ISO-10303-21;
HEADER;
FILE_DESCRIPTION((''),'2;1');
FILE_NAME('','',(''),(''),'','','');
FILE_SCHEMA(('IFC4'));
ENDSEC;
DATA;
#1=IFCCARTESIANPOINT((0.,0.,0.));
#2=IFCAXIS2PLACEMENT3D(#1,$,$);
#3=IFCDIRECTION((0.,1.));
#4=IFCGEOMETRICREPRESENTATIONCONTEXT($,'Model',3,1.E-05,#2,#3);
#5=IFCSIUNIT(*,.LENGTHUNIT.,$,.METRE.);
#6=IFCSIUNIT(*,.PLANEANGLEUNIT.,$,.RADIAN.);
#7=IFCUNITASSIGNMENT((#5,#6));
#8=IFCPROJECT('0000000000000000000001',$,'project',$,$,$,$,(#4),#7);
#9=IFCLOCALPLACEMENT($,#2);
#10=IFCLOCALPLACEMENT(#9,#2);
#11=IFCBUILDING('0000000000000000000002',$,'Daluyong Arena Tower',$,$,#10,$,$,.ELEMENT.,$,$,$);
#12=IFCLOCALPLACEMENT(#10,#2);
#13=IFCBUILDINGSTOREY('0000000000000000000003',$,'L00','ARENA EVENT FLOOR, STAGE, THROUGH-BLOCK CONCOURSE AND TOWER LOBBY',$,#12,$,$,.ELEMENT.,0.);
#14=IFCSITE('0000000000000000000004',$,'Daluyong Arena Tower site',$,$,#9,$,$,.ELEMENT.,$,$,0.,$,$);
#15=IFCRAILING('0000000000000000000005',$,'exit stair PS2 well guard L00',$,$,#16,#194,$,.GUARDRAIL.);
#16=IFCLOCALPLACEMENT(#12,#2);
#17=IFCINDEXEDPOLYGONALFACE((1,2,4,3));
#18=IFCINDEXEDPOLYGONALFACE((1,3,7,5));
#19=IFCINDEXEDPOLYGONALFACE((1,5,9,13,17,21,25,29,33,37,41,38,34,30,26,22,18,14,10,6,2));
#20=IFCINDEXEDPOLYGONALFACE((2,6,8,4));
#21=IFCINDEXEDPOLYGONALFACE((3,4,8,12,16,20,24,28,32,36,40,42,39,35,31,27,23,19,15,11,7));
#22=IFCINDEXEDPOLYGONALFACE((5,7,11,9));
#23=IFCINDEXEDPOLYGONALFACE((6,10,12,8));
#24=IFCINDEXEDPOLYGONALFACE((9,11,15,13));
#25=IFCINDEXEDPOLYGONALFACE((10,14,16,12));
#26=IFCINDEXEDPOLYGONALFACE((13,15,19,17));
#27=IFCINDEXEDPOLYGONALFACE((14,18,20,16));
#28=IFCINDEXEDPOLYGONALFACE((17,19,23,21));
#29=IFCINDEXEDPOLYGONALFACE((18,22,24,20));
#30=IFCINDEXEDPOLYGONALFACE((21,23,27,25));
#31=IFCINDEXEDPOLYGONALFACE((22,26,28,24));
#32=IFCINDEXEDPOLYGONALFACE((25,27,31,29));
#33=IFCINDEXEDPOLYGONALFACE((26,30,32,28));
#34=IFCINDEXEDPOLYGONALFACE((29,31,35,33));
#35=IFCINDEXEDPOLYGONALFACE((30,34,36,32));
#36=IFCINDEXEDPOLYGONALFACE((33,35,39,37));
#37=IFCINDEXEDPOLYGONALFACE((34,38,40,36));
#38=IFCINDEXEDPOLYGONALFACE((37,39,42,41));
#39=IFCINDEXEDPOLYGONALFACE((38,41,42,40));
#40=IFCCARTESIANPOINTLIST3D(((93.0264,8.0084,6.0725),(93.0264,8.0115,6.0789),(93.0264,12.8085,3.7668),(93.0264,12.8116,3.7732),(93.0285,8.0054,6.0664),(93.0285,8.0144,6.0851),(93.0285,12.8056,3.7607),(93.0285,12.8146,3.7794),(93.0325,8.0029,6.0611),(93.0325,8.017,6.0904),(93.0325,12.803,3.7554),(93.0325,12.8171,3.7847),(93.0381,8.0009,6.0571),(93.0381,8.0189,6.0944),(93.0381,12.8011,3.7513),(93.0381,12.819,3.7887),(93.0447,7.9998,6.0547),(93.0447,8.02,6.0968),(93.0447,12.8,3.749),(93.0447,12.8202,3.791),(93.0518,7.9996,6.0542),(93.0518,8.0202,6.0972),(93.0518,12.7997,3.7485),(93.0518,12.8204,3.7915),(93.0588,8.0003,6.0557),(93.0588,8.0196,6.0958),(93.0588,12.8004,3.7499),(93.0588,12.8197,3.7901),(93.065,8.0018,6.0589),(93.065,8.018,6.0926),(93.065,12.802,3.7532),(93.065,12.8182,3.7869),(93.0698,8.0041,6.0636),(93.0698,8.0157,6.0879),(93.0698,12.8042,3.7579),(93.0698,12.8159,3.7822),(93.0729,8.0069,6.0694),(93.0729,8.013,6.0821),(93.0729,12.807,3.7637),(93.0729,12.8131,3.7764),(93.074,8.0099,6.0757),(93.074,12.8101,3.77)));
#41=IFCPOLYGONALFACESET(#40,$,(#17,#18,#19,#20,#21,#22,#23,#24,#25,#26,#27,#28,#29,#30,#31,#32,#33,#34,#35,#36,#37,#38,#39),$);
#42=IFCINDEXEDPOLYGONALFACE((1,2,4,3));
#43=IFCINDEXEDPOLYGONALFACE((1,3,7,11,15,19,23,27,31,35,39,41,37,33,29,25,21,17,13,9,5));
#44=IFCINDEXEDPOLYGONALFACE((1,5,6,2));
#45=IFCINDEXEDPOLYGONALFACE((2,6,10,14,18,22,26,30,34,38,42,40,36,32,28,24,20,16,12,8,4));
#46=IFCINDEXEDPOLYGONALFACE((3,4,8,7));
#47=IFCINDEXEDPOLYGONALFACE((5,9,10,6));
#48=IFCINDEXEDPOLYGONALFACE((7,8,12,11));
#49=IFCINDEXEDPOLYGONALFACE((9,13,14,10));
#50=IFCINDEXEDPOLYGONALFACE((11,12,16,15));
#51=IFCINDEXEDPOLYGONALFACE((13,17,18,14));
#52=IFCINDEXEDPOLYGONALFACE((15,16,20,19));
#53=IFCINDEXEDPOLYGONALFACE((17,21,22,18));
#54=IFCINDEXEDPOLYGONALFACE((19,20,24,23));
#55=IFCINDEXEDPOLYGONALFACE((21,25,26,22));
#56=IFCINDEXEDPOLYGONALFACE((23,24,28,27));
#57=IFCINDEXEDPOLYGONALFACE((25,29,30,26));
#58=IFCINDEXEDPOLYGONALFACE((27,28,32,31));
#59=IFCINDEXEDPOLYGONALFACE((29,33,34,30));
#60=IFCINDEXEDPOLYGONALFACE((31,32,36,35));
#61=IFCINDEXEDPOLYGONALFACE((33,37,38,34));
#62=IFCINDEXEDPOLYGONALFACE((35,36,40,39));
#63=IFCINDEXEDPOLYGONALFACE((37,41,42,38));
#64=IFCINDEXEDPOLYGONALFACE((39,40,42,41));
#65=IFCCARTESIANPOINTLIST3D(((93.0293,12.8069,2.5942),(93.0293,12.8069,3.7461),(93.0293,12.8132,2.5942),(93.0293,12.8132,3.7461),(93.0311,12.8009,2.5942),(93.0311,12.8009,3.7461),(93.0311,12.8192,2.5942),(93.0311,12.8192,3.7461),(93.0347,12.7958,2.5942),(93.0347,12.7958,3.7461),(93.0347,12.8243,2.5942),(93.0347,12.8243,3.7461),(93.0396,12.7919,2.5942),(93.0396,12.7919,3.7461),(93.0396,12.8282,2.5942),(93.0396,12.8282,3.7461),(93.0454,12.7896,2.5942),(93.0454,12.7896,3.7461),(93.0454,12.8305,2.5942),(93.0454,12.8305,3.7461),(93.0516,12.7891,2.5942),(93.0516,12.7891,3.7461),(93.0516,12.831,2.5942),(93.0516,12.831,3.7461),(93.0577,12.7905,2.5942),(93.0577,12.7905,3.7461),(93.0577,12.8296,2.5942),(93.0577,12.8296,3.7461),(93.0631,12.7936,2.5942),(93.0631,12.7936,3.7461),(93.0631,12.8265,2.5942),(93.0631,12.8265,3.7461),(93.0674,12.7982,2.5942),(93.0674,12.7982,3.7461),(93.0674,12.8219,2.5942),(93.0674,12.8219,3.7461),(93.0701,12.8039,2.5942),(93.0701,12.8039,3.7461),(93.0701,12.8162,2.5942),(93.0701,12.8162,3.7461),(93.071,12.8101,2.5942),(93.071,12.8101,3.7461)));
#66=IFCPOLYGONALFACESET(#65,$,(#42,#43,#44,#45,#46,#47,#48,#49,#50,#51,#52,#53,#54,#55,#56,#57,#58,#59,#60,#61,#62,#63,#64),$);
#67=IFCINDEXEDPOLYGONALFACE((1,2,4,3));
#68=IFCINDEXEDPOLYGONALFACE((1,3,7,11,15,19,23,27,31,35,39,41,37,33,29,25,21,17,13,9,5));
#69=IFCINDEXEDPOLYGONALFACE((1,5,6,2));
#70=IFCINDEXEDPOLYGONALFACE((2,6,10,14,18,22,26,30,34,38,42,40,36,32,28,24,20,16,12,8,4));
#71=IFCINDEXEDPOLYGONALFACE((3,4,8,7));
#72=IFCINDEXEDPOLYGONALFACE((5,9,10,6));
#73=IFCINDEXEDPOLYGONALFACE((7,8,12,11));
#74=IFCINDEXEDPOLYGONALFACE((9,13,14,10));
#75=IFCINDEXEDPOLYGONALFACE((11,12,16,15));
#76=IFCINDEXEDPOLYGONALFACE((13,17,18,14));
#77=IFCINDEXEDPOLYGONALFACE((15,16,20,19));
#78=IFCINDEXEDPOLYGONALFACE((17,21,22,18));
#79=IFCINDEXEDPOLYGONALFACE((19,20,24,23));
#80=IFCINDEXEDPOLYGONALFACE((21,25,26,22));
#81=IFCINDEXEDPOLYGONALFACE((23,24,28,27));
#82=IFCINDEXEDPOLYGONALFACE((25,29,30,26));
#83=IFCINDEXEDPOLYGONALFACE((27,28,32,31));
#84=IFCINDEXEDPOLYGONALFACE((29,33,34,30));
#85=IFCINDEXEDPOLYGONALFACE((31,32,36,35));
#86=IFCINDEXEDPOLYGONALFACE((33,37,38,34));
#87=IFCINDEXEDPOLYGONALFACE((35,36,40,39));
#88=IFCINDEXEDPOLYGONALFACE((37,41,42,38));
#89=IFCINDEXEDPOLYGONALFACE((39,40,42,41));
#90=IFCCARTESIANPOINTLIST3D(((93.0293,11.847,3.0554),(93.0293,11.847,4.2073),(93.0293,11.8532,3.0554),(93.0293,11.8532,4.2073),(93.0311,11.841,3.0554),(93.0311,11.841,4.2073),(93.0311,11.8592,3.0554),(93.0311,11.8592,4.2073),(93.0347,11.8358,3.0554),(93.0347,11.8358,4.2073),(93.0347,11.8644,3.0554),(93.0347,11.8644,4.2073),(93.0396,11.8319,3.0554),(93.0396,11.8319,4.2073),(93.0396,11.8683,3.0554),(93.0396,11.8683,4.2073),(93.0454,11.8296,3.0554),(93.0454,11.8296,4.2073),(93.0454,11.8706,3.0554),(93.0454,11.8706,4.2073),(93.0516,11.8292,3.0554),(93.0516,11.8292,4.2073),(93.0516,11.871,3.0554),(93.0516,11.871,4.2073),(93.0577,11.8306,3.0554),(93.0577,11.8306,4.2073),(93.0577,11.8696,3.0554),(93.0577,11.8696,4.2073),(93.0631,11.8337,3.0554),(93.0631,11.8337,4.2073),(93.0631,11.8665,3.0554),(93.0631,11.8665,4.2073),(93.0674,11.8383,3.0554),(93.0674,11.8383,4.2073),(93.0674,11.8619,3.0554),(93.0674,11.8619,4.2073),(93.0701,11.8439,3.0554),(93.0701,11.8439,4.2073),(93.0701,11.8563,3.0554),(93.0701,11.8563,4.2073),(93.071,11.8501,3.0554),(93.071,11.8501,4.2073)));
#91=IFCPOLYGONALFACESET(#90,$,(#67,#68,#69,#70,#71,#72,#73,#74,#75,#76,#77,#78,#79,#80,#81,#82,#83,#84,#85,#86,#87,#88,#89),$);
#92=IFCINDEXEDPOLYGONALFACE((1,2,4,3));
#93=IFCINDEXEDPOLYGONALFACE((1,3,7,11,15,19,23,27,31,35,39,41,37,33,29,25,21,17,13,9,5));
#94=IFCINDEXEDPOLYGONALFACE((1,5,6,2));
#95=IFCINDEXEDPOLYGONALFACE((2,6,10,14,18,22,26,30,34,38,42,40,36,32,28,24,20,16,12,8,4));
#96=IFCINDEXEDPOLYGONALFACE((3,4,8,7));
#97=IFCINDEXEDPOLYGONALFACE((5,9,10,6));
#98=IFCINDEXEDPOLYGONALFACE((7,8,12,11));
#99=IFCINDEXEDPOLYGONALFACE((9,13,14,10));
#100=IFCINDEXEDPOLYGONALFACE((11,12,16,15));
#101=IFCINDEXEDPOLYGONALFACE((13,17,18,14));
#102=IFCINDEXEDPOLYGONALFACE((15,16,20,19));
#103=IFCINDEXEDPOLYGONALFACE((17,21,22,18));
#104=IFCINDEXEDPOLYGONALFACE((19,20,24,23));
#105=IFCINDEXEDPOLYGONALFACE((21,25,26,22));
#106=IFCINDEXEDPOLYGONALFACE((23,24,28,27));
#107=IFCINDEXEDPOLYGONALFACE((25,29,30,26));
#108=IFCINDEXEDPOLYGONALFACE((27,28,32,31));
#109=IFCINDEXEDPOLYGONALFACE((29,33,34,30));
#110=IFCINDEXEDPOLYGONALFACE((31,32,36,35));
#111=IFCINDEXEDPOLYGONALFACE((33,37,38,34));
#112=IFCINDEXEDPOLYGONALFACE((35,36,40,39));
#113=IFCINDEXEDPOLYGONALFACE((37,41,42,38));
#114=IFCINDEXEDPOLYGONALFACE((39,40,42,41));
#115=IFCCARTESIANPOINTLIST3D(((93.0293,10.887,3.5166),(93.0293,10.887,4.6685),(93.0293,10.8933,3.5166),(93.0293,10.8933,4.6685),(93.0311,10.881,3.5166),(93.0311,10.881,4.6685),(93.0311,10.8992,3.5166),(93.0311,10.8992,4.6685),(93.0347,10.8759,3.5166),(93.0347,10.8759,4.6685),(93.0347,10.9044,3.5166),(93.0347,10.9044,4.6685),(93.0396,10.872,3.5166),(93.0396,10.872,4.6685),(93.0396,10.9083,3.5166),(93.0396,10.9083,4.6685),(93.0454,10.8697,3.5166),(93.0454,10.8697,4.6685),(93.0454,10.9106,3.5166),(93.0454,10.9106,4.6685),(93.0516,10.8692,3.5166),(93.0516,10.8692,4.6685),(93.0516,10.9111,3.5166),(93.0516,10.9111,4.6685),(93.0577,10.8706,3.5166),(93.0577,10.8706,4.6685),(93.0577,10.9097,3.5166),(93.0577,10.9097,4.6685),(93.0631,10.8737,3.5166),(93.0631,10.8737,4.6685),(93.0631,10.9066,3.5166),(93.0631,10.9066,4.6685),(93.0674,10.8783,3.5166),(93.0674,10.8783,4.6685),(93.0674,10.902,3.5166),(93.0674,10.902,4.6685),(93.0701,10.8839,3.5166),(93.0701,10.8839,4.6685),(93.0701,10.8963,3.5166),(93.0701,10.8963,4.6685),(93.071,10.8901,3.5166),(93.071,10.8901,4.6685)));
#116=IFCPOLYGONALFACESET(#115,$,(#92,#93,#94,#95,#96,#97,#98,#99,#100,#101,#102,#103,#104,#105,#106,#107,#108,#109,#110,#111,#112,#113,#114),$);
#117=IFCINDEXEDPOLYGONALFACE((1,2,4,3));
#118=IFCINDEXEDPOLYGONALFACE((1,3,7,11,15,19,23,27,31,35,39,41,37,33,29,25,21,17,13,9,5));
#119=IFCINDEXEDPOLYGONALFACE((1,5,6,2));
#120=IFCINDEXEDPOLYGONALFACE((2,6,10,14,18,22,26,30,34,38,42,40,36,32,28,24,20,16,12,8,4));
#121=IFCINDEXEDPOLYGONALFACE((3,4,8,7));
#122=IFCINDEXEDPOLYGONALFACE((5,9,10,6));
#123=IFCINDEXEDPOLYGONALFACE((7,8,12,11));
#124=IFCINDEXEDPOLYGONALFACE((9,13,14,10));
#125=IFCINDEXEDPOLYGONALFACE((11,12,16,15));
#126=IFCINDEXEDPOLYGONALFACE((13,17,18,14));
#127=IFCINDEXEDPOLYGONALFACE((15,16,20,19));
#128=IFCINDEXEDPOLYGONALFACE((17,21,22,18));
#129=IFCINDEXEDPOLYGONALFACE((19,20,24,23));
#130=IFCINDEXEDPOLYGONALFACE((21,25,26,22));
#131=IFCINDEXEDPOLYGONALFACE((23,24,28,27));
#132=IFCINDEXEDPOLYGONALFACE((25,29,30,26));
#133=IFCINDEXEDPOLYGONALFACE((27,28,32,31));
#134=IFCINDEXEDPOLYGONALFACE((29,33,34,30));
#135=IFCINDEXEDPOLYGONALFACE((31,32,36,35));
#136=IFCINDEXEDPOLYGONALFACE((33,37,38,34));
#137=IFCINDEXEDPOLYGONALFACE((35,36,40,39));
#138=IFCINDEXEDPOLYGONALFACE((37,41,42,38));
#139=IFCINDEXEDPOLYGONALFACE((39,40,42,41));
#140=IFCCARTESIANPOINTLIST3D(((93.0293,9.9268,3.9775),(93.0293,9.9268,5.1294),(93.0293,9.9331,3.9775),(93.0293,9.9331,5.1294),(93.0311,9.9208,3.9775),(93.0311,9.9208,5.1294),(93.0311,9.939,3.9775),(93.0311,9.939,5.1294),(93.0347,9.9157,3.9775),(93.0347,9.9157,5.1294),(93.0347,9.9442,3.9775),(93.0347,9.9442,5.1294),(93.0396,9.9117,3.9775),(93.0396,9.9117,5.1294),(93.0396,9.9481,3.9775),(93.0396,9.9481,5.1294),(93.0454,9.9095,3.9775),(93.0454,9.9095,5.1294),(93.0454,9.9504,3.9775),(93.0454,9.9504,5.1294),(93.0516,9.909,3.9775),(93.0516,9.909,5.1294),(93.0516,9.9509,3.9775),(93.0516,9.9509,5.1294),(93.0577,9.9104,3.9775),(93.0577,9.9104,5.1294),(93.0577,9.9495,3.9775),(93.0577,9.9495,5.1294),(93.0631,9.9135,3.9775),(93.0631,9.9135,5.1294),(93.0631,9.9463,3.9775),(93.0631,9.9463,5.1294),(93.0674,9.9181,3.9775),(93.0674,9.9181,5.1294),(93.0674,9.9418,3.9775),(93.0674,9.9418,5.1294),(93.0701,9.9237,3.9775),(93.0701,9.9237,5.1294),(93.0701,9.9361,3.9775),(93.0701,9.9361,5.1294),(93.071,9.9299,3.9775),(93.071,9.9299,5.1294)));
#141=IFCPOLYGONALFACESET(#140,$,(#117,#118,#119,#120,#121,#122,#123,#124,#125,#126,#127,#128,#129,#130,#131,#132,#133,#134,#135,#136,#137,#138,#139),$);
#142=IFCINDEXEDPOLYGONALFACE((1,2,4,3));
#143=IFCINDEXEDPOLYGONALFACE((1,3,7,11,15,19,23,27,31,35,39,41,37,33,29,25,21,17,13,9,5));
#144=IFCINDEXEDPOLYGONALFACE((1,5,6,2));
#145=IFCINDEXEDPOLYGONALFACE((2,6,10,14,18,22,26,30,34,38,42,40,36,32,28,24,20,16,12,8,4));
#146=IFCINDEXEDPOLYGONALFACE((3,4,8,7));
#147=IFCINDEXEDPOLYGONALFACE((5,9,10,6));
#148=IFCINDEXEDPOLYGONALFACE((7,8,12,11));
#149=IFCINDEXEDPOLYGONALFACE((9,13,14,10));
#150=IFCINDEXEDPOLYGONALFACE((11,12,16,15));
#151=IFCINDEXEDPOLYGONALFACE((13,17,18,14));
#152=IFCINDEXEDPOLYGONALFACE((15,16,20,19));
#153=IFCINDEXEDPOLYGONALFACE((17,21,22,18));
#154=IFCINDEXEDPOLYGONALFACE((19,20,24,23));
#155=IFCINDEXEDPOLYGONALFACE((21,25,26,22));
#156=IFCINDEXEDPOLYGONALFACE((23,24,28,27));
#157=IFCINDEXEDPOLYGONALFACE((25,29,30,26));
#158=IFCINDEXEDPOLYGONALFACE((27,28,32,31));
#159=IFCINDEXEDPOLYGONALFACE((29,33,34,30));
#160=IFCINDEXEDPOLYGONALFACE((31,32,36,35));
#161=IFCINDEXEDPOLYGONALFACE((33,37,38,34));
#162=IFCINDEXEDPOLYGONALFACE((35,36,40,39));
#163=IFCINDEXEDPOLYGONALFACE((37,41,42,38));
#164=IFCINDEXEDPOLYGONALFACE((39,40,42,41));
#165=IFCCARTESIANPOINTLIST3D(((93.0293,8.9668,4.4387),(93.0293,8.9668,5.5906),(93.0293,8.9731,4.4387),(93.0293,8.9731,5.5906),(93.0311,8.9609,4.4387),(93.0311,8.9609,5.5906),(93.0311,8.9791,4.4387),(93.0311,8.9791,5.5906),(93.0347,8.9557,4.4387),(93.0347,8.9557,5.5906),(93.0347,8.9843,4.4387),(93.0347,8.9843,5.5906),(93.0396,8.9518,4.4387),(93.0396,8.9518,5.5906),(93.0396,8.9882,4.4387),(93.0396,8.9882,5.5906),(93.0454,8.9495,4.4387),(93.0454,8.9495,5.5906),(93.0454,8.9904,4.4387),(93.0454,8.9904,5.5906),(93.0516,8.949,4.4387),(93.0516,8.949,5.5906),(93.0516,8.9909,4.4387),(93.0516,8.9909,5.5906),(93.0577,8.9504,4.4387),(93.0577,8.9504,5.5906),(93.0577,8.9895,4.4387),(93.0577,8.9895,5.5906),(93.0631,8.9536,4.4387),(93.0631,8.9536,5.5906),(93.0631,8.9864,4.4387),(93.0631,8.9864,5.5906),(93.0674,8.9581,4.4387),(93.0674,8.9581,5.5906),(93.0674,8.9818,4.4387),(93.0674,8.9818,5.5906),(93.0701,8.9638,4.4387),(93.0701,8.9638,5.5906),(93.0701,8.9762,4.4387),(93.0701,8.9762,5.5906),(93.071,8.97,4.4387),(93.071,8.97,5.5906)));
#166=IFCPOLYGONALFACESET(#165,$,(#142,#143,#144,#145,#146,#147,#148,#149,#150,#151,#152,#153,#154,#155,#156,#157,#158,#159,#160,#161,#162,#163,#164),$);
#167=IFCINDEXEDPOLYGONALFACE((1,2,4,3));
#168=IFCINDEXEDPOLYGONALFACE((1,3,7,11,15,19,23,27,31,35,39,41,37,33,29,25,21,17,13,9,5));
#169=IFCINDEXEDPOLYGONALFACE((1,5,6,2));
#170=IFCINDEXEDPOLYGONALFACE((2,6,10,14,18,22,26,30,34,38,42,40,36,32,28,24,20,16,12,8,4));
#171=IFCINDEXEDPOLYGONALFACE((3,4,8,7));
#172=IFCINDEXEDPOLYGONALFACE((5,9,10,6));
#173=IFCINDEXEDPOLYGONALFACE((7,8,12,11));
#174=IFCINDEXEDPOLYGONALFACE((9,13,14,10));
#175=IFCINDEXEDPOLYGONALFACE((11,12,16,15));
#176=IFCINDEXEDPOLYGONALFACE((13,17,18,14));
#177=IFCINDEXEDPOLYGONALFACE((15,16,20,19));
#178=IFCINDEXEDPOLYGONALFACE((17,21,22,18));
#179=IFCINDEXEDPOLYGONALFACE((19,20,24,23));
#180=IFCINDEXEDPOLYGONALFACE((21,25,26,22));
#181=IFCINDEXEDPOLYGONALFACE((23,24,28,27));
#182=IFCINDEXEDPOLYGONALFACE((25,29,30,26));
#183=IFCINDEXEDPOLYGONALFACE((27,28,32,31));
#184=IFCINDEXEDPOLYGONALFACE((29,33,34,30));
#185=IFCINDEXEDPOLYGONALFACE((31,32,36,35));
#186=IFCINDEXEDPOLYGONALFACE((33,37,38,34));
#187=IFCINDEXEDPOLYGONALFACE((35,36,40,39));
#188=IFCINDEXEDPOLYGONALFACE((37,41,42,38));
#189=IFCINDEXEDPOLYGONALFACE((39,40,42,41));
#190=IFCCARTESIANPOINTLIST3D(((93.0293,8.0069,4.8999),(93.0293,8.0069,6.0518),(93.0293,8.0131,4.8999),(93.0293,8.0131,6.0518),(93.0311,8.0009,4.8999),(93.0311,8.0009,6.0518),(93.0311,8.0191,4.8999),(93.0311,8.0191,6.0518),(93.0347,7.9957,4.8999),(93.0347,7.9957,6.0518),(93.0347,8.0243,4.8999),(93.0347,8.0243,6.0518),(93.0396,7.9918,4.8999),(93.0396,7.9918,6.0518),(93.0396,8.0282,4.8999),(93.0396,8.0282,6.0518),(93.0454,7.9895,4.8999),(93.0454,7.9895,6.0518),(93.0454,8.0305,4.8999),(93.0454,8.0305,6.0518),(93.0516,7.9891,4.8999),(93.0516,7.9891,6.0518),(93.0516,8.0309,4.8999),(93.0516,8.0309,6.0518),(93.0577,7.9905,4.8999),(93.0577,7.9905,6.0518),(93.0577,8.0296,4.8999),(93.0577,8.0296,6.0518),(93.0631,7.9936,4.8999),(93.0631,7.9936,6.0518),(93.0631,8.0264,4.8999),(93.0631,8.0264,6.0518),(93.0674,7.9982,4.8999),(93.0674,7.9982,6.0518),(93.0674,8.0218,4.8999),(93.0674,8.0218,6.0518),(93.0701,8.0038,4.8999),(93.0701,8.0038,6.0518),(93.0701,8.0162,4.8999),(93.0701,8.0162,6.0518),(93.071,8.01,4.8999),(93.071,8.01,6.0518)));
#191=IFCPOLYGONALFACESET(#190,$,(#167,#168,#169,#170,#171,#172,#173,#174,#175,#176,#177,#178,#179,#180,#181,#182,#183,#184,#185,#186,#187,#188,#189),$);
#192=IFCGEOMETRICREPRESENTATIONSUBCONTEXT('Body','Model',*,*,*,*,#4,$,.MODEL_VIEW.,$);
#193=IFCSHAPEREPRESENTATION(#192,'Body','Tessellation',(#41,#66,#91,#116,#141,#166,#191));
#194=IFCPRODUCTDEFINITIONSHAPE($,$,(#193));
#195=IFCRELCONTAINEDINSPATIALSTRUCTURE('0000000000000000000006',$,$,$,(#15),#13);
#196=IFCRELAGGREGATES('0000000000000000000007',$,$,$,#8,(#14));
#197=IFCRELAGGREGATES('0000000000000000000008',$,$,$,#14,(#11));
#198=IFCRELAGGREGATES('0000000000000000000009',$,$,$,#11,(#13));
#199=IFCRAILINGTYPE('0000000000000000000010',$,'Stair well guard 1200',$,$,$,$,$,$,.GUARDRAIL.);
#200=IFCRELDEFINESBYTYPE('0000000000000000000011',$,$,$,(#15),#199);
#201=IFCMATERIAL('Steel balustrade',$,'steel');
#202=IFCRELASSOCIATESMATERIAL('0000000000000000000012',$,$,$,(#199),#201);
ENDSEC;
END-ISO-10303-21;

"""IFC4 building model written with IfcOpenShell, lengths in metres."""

from ifc_helpers import new_model, si_unit, direction, frame, origin, origin_2d, place, context, subcontext, project, spatial, circle, extrude, material, type_object, element, save


model = new_model("IFC4")

# Units and contexts
model_context = context("Model", 3, precision=1e-05, world=origin(), true_north=direction((0.0, 1.0)))
body_context = subcontext(model_context, "Body", "Model", "MODEL_VIEW")
ifc_project = project(units=[si_unit("LENGTHUNIT", "METRE"), si_unit("PLANEANGLEUNIT", "RADIAN")], contexts=[model_context])

# Site, building, storey
site_placement = place(None, origin())
site = spatial("IfcSite", under=ifc_project, at=site_placement, Name="Daluyong Arena Tower site", CompositionType="ELEMENT", RefElevation=0.0)
building_placement = place(site_placement, origin())
building = spatial("IfcBuilding", under=site, at=building_placement, Name="Daluyong Arena Tower", CompositionType="ELEMENT")
storey_placement = place(building_placement, origin())
storey = spatial("IfcBuildingStorey", under=building, at=storey_placement, Name="L00", Description="ARENA EVENT FLOOR, STAGE, THROUGH-BLOCK CONCOURSE AND TOWER LOBBY", CompositionType="ELEMENT", Elevation=0.0)

# Railing
ifc_material_1 = material(Name="Steel balustrade", Category="steel")
railing_type_1 = type_object("IfcRailingType", Name="Stair well guard 1200", PredefinedType="GUARDRAIL", material=ifc_material_1)
railing_1_placement = place(storey_placement, frame((93.05, 12.8101, 2.5942)))
element("IfcRailing", 1, at=railing_1_placement, inside=storey, type_object=railing_type_1, Name="exit stair PS2 well guard L00", PredefinedType="GUARDRAIL", context=body_context, shape_type="SweptSolid", body=[
    extrude(circle(Radius=0.0239, at=origin_2d()), frame((0.0, 0.0, 1.1758), z_axis=(0.0, -0.901403, 0.432981), x_axis=(1.0, 0.0, 0.0)), (0.0, 0.0, 1.0), 5.3252),
    extrude(circle(Radius=0.021, at=origin_2d()), origin(), (0.0, 0.0, 1.0), 1.1519),
    extrude(circle(Radius=0.021, at=origin_2d()), frame((0.0, -0.96, 0.4612)), (0.0, 0.0, 1.0), 1.1519),
    extrude(circle(Radius=0.021, at=origin_2d()), frame((0.0, -1.9199, 0.9224)), (0.0, 0.0, 1.0), 1.1519),
    extrude(circle(Radius=0.021, at=origin_2d()), frame((0.0, -2.8801, 1.3833)), (0.0, 0.0, 1.0), 1.1519),
    extrude(circle(Radius=0.021, at=origin_2d()), frame((0.0, -3.8401, 1.8445)), (0.0, 0.0, 1.0), 1.1519),
    extrude(circle(Radius=0.021, at=origin_2d()), frame((0.0, -4.8, 2.3057)), (0.0, 0.0, 1.0), 1.1519),
])

save(model, "model.ifc")
